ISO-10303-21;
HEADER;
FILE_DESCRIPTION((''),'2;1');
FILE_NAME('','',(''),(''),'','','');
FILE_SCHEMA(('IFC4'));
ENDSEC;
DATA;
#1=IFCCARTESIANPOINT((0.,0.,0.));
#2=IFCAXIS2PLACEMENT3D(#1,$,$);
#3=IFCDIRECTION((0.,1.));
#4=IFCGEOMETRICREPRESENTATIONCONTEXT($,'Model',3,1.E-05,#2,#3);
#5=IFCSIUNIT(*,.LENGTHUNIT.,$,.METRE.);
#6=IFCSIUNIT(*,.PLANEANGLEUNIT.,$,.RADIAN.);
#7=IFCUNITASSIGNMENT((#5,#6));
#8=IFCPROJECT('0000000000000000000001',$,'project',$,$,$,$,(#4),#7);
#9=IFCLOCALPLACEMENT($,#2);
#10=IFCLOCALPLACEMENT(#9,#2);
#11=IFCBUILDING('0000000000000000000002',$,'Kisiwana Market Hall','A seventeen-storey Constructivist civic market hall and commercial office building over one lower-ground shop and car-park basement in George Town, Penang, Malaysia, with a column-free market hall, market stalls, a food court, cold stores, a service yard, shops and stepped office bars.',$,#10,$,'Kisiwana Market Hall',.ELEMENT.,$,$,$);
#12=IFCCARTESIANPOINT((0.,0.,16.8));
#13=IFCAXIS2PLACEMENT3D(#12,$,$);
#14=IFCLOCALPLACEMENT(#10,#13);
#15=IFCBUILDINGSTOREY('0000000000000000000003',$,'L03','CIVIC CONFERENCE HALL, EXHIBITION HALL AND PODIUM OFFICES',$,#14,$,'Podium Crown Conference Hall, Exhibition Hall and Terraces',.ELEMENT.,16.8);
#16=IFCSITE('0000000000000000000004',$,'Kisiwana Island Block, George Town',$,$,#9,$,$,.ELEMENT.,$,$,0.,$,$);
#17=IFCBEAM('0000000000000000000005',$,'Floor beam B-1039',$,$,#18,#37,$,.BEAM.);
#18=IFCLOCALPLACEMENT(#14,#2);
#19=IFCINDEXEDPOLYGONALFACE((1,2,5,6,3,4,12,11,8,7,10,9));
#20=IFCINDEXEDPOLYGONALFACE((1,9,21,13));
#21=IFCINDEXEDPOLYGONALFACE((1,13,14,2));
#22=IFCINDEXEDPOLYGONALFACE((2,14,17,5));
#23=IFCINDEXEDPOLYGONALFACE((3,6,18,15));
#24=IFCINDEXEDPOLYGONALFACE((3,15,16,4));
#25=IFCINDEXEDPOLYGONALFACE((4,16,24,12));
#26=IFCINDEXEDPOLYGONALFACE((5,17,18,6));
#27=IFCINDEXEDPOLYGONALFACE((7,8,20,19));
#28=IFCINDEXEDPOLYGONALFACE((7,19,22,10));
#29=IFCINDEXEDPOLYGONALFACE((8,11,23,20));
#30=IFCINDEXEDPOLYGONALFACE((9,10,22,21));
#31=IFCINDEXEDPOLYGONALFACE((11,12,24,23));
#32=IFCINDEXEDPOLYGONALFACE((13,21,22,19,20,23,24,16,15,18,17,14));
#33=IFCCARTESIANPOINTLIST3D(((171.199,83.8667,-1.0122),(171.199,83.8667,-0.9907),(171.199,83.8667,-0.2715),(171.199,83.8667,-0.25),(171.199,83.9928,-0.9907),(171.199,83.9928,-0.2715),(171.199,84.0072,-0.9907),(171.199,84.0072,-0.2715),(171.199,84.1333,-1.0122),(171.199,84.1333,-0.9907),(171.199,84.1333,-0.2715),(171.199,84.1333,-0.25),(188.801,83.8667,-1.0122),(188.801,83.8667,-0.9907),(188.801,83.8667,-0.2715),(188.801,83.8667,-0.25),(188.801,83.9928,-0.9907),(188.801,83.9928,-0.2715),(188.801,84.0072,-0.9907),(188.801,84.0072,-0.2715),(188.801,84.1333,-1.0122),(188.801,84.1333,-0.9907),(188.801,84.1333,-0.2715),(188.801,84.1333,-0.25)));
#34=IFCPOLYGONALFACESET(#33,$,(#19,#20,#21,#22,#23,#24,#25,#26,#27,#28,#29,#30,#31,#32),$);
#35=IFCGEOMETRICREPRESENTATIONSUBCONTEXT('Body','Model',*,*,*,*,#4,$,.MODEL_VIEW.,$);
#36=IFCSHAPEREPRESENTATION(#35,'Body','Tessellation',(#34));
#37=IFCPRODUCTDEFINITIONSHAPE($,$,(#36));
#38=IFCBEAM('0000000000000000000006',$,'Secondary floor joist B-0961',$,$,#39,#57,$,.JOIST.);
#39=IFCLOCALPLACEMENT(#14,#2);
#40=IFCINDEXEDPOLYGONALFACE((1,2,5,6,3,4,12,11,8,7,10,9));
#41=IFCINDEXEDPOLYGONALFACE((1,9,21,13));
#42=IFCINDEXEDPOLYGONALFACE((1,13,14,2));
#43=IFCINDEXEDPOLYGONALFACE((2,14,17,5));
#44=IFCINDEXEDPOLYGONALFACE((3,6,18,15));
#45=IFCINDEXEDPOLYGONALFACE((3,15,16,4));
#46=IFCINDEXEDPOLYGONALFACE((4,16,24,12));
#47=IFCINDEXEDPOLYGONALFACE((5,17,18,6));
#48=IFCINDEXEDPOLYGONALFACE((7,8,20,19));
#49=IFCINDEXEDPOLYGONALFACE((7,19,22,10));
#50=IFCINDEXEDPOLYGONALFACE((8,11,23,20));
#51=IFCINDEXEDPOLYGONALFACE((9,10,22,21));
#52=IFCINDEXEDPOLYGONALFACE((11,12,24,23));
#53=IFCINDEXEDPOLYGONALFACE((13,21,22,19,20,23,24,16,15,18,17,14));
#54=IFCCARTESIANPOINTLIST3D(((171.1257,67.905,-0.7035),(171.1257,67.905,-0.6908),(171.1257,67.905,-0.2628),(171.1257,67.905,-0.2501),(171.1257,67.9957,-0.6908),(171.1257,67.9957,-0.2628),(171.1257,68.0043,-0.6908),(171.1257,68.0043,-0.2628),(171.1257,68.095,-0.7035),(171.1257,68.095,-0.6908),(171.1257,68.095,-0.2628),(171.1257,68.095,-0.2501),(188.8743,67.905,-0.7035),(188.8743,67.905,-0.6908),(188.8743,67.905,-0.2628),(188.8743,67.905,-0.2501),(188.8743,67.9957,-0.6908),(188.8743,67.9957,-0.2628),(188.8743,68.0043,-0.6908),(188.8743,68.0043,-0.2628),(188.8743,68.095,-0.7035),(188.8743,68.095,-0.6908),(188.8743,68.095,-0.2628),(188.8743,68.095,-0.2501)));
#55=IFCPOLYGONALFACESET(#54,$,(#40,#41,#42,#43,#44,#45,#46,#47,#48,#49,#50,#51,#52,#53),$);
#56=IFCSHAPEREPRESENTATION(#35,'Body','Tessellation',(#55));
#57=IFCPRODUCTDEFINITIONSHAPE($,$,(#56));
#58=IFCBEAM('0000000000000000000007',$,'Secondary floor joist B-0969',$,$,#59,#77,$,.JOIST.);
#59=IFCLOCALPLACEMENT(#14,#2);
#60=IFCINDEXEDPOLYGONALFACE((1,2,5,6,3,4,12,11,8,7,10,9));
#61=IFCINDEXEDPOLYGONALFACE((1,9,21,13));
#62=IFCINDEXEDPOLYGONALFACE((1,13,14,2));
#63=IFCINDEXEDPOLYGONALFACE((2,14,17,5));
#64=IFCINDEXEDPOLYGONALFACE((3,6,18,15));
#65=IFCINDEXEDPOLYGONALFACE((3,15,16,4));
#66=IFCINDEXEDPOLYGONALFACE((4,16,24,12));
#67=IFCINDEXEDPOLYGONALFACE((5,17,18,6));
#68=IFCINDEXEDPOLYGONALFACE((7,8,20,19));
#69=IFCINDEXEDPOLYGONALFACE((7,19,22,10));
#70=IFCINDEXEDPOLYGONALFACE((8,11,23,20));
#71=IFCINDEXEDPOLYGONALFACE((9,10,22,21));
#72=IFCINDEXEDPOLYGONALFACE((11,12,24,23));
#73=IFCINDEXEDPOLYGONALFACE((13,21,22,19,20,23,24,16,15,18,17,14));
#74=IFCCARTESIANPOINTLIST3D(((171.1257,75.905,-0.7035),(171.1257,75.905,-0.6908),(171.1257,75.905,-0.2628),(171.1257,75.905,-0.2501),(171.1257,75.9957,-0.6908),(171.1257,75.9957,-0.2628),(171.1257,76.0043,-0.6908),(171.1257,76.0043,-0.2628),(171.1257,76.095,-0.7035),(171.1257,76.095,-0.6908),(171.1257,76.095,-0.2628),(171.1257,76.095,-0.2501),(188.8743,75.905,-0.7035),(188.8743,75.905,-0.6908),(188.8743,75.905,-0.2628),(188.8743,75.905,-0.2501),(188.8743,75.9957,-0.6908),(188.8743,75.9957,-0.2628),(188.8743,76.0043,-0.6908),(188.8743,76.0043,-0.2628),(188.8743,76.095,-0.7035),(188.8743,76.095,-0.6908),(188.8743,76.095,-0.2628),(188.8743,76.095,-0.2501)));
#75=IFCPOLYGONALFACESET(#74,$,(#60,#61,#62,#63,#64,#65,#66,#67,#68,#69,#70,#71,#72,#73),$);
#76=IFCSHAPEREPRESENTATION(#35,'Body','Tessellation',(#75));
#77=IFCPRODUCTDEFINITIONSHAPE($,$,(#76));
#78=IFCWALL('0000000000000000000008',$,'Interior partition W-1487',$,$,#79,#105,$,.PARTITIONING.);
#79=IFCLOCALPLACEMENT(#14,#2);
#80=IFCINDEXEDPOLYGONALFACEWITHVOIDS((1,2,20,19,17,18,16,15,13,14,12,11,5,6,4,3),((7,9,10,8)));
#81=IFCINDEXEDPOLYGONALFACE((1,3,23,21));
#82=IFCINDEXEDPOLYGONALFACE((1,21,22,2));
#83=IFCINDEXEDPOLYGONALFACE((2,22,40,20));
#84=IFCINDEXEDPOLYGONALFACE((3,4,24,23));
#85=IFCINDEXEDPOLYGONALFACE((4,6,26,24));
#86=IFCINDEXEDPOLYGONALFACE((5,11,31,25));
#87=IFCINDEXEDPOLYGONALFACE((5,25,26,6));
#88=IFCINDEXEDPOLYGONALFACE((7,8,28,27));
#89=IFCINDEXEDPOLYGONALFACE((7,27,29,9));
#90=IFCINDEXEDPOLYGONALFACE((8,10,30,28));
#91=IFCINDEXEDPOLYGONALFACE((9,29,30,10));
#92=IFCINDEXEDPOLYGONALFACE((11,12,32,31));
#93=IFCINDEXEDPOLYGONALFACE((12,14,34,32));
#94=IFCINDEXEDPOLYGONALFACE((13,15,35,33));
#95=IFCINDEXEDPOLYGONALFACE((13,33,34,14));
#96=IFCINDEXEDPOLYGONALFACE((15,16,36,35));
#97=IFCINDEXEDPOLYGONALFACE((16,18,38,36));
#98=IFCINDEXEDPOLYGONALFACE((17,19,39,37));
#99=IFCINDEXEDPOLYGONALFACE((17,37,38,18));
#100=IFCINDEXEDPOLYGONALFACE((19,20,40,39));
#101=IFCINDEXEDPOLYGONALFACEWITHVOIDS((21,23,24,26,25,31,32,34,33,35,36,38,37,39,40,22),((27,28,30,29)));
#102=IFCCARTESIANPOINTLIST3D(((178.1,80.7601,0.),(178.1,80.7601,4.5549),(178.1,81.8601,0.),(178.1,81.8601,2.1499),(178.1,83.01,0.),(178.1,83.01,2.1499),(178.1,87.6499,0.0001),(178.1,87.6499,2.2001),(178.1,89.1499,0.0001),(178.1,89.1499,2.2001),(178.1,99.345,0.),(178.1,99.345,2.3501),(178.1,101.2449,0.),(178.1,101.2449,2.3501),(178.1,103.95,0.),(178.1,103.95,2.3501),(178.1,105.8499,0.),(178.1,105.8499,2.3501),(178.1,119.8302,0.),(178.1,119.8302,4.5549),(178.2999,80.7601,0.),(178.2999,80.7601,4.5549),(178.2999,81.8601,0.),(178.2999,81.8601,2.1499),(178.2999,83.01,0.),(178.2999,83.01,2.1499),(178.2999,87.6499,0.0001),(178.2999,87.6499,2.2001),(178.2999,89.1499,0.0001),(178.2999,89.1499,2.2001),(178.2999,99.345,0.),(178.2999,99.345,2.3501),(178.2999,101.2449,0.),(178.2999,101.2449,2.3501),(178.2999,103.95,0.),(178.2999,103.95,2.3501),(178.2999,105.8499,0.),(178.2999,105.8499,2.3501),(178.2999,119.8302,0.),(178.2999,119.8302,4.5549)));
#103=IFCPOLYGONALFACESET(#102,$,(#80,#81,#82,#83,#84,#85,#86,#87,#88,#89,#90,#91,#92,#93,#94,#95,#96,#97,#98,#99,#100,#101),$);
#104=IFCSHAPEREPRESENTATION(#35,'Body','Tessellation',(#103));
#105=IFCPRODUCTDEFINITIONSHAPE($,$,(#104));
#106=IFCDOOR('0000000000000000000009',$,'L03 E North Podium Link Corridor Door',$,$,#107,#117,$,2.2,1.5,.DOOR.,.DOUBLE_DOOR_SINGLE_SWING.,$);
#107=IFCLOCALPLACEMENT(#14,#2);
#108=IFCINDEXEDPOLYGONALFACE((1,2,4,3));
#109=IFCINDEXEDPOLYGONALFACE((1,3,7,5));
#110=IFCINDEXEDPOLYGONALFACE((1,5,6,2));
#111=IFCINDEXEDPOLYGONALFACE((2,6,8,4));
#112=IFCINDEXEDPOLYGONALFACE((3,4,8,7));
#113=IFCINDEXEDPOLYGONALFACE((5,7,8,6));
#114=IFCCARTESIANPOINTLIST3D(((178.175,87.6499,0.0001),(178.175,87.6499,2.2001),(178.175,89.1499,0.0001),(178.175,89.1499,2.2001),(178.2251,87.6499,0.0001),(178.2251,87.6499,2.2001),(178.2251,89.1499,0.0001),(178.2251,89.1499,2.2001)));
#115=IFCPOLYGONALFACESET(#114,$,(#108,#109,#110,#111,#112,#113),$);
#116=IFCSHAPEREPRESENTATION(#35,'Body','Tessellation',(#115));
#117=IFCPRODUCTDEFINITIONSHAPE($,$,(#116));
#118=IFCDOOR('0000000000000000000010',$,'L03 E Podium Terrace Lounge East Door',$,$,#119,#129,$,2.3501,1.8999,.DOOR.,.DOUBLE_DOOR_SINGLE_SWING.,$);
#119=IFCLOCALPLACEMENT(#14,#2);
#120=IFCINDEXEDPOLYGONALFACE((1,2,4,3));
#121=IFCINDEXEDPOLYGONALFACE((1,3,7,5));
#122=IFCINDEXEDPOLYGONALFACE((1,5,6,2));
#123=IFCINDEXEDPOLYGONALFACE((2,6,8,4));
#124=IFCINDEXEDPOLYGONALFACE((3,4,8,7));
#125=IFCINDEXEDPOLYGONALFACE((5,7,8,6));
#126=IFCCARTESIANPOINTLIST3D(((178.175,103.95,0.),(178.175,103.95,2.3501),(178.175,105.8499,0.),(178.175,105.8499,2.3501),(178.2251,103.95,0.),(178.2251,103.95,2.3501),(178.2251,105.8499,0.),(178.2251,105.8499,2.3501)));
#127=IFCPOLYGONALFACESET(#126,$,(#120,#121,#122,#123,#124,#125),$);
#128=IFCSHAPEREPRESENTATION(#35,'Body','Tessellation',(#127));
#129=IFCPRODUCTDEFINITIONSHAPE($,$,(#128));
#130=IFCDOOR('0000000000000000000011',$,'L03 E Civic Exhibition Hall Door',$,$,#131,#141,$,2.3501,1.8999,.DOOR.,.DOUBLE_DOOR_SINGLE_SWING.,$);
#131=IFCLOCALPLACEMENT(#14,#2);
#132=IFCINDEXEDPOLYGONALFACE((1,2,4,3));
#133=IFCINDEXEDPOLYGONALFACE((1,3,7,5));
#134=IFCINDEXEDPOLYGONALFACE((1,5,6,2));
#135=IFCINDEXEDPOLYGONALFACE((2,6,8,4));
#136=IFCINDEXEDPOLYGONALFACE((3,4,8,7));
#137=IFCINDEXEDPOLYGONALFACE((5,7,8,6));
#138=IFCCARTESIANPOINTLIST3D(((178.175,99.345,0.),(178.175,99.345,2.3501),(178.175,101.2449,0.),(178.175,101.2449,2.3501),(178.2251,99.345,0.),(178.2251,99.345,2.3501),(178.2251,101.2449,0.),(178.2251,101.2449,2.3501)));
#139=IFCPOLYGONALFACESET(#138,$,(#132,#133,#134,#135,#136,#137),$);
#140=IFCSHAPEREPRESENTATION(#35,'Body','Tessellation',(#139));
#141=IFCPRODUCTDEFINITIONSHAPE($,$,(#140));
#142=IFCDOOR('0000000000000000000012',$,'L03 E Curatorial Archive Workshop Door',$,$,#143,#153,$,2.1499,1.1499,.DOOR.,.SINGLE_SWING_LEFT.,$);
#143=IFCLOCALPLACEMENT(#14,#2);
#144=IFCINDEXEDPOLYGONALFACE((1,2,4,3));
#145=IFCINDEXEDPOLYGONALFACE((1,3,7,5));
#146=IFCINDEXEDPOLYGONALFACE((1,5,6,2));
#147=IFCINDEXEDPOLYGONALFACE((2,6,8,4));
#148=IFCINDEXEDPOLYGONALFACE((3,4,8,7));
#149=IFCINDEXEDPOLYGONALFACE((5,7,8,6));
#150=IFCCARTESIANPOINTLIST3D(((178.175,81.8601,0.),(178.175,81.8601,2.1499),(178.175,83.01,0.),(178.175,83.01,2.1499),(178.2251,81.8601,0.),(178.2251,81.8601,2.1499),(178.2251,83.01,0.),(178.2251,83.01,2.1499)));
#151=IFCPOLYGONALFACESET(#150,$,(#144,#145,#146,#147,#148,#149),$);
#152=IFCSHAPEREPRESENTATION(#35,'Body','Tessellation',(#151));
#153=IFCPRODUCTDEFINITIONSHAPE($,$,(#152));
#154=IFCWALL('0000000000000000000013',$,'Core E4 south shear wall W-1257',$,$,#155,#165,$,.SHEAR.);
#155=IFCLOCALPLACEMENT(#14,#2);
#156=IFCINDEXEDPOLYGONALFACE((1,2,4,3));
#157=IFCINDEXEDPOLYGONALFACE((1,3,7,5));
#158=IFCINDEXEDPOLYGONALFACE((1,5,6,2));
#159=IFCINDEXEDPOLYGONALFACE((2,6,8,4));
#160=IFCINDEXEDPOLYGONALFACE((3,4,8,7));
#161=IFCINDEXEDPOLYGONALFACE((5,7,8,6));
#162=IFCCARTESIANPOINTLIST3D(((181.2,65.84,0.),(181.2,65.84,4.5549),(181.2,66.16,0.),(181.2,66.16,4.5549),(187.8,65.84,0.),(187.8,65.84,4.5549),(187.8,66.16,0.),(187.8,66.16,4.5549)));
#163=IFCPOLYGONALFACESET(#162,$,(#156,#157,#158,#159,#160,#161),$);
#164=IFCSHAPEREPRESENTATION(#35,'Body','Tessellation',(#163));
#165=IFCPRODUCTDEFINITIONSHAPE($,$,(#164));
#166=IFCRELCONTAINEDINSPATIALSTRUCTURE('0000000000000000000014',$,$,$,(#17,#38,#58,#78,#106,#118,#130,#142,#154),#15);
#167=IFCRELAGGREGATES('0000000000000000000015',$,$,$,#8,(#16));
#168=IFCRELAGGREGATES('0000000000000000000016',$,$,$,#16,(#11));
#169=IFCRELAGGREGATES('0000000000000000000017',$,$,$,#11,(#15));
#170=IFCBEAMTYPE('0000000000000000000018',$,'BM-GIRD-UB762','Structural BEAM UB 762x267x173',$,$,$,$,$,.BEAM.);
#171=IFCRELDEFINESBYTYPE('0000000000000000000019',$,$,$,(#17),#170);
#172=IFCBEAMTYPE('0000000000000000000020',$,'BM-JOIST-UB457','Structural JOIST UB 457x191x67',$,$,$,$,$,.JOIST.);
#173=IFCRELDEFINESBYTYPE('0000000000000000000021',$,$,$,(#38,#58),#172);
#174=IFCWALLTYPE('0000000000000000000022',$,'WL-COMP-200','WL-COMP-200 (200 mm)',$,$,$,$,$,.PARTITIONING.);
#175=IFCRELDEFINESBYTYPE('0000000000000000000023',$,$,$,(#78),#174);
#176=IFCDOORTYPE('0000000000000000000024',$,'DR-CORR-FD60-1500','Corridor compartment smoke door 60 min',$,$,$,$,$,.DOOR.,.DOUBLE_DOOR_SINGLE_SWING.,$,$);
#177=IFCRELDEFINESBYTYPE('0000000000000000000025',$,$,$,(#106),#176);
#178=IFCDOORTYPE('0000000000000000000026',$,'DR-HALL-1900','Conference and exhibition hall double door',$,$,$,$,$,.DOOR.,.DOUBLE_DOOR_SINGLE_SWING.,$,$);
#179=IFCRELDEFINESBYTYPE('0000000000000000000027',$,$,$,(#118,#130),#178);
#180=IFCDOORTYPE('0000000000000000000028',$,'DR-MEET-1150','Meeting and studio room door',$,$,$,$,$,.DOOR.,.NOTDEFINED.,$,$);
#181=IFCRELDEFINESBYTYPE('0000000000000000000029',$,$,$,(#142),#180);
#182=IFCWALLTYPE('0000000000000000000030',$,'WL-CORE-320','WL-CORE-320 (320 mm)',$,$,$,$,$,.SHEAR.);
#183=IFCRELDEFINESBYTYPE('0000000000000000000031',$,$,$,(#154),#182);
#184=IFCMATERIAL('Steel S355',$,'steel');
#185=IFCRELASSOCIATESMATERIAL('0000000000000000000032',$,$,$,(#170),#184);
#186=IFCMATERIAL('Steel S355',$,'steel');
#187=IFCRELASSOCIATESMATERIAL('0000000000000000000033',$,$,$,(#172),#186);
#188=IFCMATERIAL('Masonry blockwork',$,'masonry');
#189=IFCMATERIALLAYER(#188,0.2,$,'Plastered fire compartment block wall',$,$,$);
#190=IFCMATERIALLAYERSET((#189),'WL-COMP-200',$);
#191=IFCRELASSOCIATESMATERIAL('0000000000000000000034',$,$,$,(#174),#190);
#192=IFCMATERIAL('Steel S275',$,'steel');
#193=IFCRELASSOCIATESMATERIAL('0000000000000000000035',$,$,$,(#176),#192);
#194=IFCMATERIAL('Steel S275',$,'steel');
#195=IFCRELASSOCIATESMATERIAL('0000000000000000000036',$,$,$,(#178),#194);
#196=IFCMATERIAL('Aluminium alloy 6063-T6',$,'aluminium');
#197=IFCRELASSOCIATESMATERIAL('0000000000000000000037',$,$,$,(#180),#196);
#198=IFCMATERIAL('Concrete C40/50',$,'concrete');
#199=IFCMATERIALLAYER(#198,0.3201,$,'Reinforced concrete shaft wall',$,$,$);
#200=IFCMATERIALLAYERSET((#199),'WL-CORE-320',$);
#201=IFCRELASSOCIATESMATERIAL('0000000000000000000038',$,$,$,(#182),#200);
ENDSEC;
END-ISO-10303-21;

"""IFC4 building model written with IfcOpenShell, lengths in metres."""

from ifc_helpers import new_model, si_unit, direction, frame, frame_2d, origin, origin_2d, place, context, subcontext, project, spatial, rectangle, i_section, extrude, material, layer, layer_set, material_profile, profile_set, type_object, element, fill, save


model = new_model("IFC4")

# Units and contexts
model_context = context("Model", 3, precision=1e-05, world=origin(), true_north=direction((0.0, 1.0)))
body_context = subcontext(model_context, "Body", "Model", "MODEL_VIEW")
ifc_project = project(units=[si_unit("LENGTHUNIT", "METRE"), si_unit("PLANEANGLEUNIT", "RADIAN")], contexts=[model_context])

# Site, building, storey
site_placement = place(None, origin())
site = spatial("IfcSite", under=ifc_project, at=site_placement, Name="Kisiwana Island Block, George Town", CompositionType="ELEMENT", RefElevation=0.0)
building_placement = place(site_placement, origin())
building = spatial("IfcBuilding", under=site, at=building_placement, Name="Kisiwana Market Hall", Description="A seventeen-storey Constructivist civic market hall and commercial office building over one lower-ground shop and car-park basement in George Town, Penang, Malaysia, with a column-free market hall, market stalls, a food court, cold stores, a service yard, shops and stepped office bars.", LongName="Kisiwana Market Hall", CompositionType="ELEMENT")
storey_placement = place(building_placement, frame((0.0, 0.0, 16.8)))
storey = spatial("IfcBuildingStorey", under=building, at=storey_placement, Name="L03", Description="CIVIC CONFERENCE HALL, EXHIBITION HALL AND PODIUM OFFICES", LongName="Podium Crown Conference Hall, Exhibition Hall and Terraces", CompositionType="ELEMENT", Elevation=16.8)

# Beams
ifc_material_1 = material(Name="Steel S355", Category="steel")
ifc_material_profile_1 = material_profile(ifc_material_1, i_section(OverallWidth=0.2666, OverallDepth=0.7622, WebThickness=0.0144, FlangeThickness=0.0215, at=origin_2d()), Name="UB 762x267x173")
ifc_profile_set_1 = profile_set([ifc_material_profile_1], Name="Steel S355")
beam_type_1 = type_object("IfcBeamType", Name="BM-GIRD-UB762", Description="Structural BEAM UB 762x267x173", PredefinedType="BEAM", material=ifc_profile_set_1)
beam_placement = place(storey_placement, frame((171.199, 84.0, -0.6311), z_axis=(1.0, 0.0, 0.0), x_axis=(0.0, 1.0, 0.0)))
element("IfcBeam", 1, at=beam_placement, inside=storey, type_object=beam_type_1, Name="Floor beam B-1039", PredefinedType="BEAM", context=body_context, shape_type="SweptSolid", body=[
    extrude(i_section(OverallWidth=0.2666, OverallDepth=0.7622, WebThickness=0.0144, FlangeThickness=0.0215, at=origin_2d()), origin(), (0.0, 0.0, 1.0), 17.6021),
])
ifc_material_2 = material(Name="Steel S355", Category="steel")
ifc_material_profile_2 = material_profile(ifc_material_2, i_section(OverallWidth=0.1899, OverallDepth=0.4534, WebThickness=0.0085, FlangeThickness=0.0127, at=origin_2d()), Name="UB 457x191x67")
ifc_profile_set_2 = profile_set([ifc_material_profile_2], Name="Steel S355")
beam_type_2 = type_object("IfcBeamType", Name="BM-JOIST-UB457", Description="Structural JOIST UB 457x191x67", PredefinedType="JOIST", material=ifc_profile_set_2)
for number, where, z_axis, x_axis, name in (
    (2, (171.1257, 68.0, -0.4768), (1.0, 0.0, 0.0), (0.0, 1.0, 0.0), "Secondary floor joist B-0961"),
    (3, (171.1257, 76.0, -0.4768), (1.0, 0.0, 0.0), (0.0, 1.0, 0.0), "Secondary floor joist B-0969"),
):
    element("IfcBeam", number, at=place(storey_placement, frame(where, z_axis=z_axis, x_axis=x_axis)), inside=storey, type_object=beam_type_2, Name=name, PredefinedType="JOIST", context=body_context, shape_type="SweptSolid", body=[
        extrude(i_section(OverallWidth=0.1899, OverallDepth=0.4534, WebThickness=0.0085, FlangeThickness=0.0127, at=origin_2d()), origin(), (0.0, 0.0, 1.0), 17.7485),
    ])

# Wall, openings, doors
ifc_material_3 = material(Name="Masonry blockwork", Category="masonry")
ifc_layer_1 = layer(ifc_material_3, 0.2, Name="Plastered fire compartment block wall")
ifc_layer_set_1 = layer_set([ifc_layer_1], Name="WL-COMP-200")
wall_type_1 = type_object("IfcWallType", Name="WL-COMP-200", Description="WL-COMP-200 (200 mm)", PredefinedType="PARTITIONING", material=ifc_layer_set_1)
wall_1_placement = place(storey_placement, frame((178.2, 80.76, 0.0), z_axis=(0.0, 0.0, 1.0), x_axis=(0.0, 1.0, 0.0)))
wall_1 = element("IfcWall", 4, at=wall_1_placement, inside=storey, type_object=wall_type_1, Name="Interior partition W-1487", PredefinedType="PARTITIONING", context=body_context, shape_type="SweptSolid", body=[
    extrude(rectangle(XDim=39.0701, YDim=0.2, at=frame_2d((19.5352, 0.0))), origin(), (0.0, 0.0, 1.0), 4.5549),
])
opening_1_placement = place(wall_1_placement, frame((1.1001, 0.0, 0.0)))
opening_1 = element("IfcOpeningElement", 5, at=opening_1_placement, cuts=wall_1, PredefinedType="OPENING", context=body_context, shape_type="SweptSolid", body=[
    extrude(rectangle(XDim=1.1499, YDim=2.1499, at=frame_2d((0.575, 1.075))), frame((0.0, 0.1118, 0.0), z_axis=(0.0, -1.0, 0.0), x_axis=(1.0, 0.0, 0.0)), (0.0, 0.0, 1.0), 0.2239),
])
opening_2_placement = place(wall_1_placement, frame((6.8899, 0.0, 0.0)))
opening_2 = element("IfcOpeningElement", 6, at=opening_2_placement, cuts=wall_1, PredefinedType="OPENING", context=body_context, shape_type="SweptSolid", body=[
    extrude(rectangle(XDim=1.5, YDim=2.2, at=frame_2d((0.75, 1.1001))), frame((0.0, 0.1118, 0.0), z_axis=(0.0, -1.0, 0.0), x_axis=(1.0, 0.0, 0.0)), (0.0, 0.0, 1.0), 0.2239),
])
opening_3_placement = place(wall_1_placement, frame((23.1899, 0.0, 0.0)))
opening_3 = element("IfcOpeningElement", 7, at=opening_3_placement, cuts=wall_1, PredefinedType="OPENING", context=body_context, shape_type="SweptSolid", body=[
    extrude(rectangle(XDim=1.8999, YDim=2.3501, at=frame_2d((0.95, 1.175))), frame((0.0, 0.1118, 0.0), z_axis=(0.0, -1.0, 0.0), x_axis=(1.0, 0.0, 0.0)), (0.0, 0.0, 1.0), 0.2239),
])
opening_4_placement = place(wall_1_placement, frame((18.585, 0.0, 0.0)))
opening_4 = element("IfcOpeningElement", 8, at=opening_4_placement, cuts=wall_1, PredefinedType="OPENING", context=body_context, shape_type="SweptSolid", body=[
    extrude(rectangle(XDim=1.8999, YDim=2.3501, at=frame_2d((0.95, 1.175))), frame((0.0, 0.1118, 0.0), z_axis=(0.0, -1.0, 0.0), x_axis=(1.0, 0.0, 0.0)), (0.0, 0.0, 1.0), 0.2239),
])
ifc_material_4 = material(Name="Steel S275", Category="steel")
door_type_1 = type_object("IfcDoorType", Name="DR-CORR-FD60-1500", Description="Corridor compartment smoke door 60 min", OperationType="DOUBLE_DOOR_SINGLE_SWING", PredefinedType="DOOR", material=ifc_material_4)
door_1_placement = place(opening_2_placement, origin())
door_1 = element("IfcDoor", 9, at=door_1_placement, inside=storey, type_object=door_type_1, Name="L03 E North Podium Link Corridor Door", OperationType="DOUBLE_DOOR_SINGLE_SWING", OverallHeight=2.2, OverallWidth=1.5, PredefinedType="DOOR", context=body_context, shape_type="SweptSolid", body=[
    extrude(rectangle(XDim=1.5, YDim=2.2, at=frame_2d((0.75, 1.1001))), frame((0.0, 0.0249, 0.0), z_axis=(0.0, -1.0, 0.0), x_axis=(1.0, 0.0, 0.0)), (0.0, 0.0, 1.0), 0.05),
])
fill(opening_2, door_1)
ifc_material_5 = material(Name="Steel S275", Category="steel")
door_type_2 = type_object("IfcDoorType", Name="DR-HALL-1900", Description="Conference and exhibition hall double door", OperationType="DOUBLE_DOOR_SINGLE_SWING", PredefinedType="DOOR", material=ifc_material_5)
door_2_placement = place(opening_3_placement, origin())
door_2 = element("IfcDoor", 10, at=door_2_placement, inside=storey, type_object=door_type_2, Name="L03 E Podium Terrace Lounge East Door", OperationType="DOUBLE_DOOR_SINGLE_SWING", OverallHeight=2.3501, OverallWidth=1.8999, PredefinedType="DOOR", context=body_context, shape_type="SweptSolid", body=[
    extrude(rectangle(XDim=1.8999, YDim=2.3501, at=frame_2d((0.95, 1.175))), frame((0.0, 0.0249, 0.0), z_axis=(0.0, -1.0, 0.0), x_axis=(1.0, 0.0, 0.0)), (0.0, 0.0, 1.0), 0.05),
])
fill(opening_3, door_2)
door_3_placement = place(opening_4_placement, origin())
door_3 = element("IfcDoor", 11, at=door_3_placement, inside=storey, type_object=door_type_2, Name="L03 E Civic Exhibition Hall Door", OperationType="DOUBLE_DOOR_SINGLE_SWING", OverallHeight=2.3501, OverallWidth=1.8999, PredefinedType="DOOR", context=body_context, shape_type="SweptSolid", body=[
    extrude(rectangle(XDim=1.8999, YDim=2.3501, at=frame_2d((0.95, 1.175))), frame((0.0, 0.0249, 0.0), z_axis=(0.0, -1.0, 0.0), x_axis=(1.0, 0.0, 0.0)), (0.0, 0.0, 1.0), 0.05),
])
fill(opening_4, door_3)
ifc_material_6 = material(Name="Aluminium alloy 6063-T6", Category="aluminium")
door_type_3 = type_object("IfcDoorType", Name="DR-MEET-1150", Description="Meeting and studio room door", OperationType="NOTDEFINED", PredefinedType="DOOR", material=ifc_material_6)
door_4_placement = place(opening_1_placement, origin())
door_4 = element("IfcDoor", 12, at=door_4_placement, inside=storey, type_object=door_type_3, Name="L03 E Curatorial Archive Workshop Door", OperationType="SINGLE_SWING_LEFT", OverallHeight=2.1499, OverallWidth=1.1499, PredefinedType="DOOR", context=body_context, shape_type="SweptSolid", body=[
    extrude(rectangle(XDim=1.1499, YDim=2.1499, at=frame_2d((0.575, 1.075))), frame((0.0, 0.0249, 0.0), z_axis=(0.0, -1.0, 0.0), x_axis=(1.0, 0.0, 0.0)), (0.0, 0.0, 1.0), 0.05),
])
fill(opening_1, door_4)

# Wall
ifc_material_7 = material(Name="Concrete C40/50", Category="concrete")
ifc_layer_2 = layer(ifc_material_7, 0.3201, Name="Reinforced concrete shaft wall")
ifc_layer_set_2 = layer_set([ifc_layer_2], Name="WL-CORE-320")
wall_type_2 = type_object("IfcWallType", Name="WL-CORE-320", Description="WL-CORE-320 (320 mm)", PredefinedType="SHEAR", material=ifc_layer_set_2)
for number, where, z_axis, x_axis, name in (
    (13, (181.2, 66.0, 0.0), (0.0, 0.0, 1.0), (1.0, 0.0, 0.0), "Core E4 south shear wall W-1257"),
):
    element("IfcWall", number, at=place(storey_placement, frame(where, z_axis=z_axis, x_axis=x_axis)), inside=storey, type_object=wall_type_2, Name=name, PredefinedType="SHEAR", context=body_context, shape_type="SweptSolid", body=[
        extrude(rectangle(XDim=6.6001, YDim=0.3201, at=frame_2d((3.3, 0.0))), origin(), (0.0, 0.0, 1.0), 4.5549),
    ])

save(model, "model.ifc")
